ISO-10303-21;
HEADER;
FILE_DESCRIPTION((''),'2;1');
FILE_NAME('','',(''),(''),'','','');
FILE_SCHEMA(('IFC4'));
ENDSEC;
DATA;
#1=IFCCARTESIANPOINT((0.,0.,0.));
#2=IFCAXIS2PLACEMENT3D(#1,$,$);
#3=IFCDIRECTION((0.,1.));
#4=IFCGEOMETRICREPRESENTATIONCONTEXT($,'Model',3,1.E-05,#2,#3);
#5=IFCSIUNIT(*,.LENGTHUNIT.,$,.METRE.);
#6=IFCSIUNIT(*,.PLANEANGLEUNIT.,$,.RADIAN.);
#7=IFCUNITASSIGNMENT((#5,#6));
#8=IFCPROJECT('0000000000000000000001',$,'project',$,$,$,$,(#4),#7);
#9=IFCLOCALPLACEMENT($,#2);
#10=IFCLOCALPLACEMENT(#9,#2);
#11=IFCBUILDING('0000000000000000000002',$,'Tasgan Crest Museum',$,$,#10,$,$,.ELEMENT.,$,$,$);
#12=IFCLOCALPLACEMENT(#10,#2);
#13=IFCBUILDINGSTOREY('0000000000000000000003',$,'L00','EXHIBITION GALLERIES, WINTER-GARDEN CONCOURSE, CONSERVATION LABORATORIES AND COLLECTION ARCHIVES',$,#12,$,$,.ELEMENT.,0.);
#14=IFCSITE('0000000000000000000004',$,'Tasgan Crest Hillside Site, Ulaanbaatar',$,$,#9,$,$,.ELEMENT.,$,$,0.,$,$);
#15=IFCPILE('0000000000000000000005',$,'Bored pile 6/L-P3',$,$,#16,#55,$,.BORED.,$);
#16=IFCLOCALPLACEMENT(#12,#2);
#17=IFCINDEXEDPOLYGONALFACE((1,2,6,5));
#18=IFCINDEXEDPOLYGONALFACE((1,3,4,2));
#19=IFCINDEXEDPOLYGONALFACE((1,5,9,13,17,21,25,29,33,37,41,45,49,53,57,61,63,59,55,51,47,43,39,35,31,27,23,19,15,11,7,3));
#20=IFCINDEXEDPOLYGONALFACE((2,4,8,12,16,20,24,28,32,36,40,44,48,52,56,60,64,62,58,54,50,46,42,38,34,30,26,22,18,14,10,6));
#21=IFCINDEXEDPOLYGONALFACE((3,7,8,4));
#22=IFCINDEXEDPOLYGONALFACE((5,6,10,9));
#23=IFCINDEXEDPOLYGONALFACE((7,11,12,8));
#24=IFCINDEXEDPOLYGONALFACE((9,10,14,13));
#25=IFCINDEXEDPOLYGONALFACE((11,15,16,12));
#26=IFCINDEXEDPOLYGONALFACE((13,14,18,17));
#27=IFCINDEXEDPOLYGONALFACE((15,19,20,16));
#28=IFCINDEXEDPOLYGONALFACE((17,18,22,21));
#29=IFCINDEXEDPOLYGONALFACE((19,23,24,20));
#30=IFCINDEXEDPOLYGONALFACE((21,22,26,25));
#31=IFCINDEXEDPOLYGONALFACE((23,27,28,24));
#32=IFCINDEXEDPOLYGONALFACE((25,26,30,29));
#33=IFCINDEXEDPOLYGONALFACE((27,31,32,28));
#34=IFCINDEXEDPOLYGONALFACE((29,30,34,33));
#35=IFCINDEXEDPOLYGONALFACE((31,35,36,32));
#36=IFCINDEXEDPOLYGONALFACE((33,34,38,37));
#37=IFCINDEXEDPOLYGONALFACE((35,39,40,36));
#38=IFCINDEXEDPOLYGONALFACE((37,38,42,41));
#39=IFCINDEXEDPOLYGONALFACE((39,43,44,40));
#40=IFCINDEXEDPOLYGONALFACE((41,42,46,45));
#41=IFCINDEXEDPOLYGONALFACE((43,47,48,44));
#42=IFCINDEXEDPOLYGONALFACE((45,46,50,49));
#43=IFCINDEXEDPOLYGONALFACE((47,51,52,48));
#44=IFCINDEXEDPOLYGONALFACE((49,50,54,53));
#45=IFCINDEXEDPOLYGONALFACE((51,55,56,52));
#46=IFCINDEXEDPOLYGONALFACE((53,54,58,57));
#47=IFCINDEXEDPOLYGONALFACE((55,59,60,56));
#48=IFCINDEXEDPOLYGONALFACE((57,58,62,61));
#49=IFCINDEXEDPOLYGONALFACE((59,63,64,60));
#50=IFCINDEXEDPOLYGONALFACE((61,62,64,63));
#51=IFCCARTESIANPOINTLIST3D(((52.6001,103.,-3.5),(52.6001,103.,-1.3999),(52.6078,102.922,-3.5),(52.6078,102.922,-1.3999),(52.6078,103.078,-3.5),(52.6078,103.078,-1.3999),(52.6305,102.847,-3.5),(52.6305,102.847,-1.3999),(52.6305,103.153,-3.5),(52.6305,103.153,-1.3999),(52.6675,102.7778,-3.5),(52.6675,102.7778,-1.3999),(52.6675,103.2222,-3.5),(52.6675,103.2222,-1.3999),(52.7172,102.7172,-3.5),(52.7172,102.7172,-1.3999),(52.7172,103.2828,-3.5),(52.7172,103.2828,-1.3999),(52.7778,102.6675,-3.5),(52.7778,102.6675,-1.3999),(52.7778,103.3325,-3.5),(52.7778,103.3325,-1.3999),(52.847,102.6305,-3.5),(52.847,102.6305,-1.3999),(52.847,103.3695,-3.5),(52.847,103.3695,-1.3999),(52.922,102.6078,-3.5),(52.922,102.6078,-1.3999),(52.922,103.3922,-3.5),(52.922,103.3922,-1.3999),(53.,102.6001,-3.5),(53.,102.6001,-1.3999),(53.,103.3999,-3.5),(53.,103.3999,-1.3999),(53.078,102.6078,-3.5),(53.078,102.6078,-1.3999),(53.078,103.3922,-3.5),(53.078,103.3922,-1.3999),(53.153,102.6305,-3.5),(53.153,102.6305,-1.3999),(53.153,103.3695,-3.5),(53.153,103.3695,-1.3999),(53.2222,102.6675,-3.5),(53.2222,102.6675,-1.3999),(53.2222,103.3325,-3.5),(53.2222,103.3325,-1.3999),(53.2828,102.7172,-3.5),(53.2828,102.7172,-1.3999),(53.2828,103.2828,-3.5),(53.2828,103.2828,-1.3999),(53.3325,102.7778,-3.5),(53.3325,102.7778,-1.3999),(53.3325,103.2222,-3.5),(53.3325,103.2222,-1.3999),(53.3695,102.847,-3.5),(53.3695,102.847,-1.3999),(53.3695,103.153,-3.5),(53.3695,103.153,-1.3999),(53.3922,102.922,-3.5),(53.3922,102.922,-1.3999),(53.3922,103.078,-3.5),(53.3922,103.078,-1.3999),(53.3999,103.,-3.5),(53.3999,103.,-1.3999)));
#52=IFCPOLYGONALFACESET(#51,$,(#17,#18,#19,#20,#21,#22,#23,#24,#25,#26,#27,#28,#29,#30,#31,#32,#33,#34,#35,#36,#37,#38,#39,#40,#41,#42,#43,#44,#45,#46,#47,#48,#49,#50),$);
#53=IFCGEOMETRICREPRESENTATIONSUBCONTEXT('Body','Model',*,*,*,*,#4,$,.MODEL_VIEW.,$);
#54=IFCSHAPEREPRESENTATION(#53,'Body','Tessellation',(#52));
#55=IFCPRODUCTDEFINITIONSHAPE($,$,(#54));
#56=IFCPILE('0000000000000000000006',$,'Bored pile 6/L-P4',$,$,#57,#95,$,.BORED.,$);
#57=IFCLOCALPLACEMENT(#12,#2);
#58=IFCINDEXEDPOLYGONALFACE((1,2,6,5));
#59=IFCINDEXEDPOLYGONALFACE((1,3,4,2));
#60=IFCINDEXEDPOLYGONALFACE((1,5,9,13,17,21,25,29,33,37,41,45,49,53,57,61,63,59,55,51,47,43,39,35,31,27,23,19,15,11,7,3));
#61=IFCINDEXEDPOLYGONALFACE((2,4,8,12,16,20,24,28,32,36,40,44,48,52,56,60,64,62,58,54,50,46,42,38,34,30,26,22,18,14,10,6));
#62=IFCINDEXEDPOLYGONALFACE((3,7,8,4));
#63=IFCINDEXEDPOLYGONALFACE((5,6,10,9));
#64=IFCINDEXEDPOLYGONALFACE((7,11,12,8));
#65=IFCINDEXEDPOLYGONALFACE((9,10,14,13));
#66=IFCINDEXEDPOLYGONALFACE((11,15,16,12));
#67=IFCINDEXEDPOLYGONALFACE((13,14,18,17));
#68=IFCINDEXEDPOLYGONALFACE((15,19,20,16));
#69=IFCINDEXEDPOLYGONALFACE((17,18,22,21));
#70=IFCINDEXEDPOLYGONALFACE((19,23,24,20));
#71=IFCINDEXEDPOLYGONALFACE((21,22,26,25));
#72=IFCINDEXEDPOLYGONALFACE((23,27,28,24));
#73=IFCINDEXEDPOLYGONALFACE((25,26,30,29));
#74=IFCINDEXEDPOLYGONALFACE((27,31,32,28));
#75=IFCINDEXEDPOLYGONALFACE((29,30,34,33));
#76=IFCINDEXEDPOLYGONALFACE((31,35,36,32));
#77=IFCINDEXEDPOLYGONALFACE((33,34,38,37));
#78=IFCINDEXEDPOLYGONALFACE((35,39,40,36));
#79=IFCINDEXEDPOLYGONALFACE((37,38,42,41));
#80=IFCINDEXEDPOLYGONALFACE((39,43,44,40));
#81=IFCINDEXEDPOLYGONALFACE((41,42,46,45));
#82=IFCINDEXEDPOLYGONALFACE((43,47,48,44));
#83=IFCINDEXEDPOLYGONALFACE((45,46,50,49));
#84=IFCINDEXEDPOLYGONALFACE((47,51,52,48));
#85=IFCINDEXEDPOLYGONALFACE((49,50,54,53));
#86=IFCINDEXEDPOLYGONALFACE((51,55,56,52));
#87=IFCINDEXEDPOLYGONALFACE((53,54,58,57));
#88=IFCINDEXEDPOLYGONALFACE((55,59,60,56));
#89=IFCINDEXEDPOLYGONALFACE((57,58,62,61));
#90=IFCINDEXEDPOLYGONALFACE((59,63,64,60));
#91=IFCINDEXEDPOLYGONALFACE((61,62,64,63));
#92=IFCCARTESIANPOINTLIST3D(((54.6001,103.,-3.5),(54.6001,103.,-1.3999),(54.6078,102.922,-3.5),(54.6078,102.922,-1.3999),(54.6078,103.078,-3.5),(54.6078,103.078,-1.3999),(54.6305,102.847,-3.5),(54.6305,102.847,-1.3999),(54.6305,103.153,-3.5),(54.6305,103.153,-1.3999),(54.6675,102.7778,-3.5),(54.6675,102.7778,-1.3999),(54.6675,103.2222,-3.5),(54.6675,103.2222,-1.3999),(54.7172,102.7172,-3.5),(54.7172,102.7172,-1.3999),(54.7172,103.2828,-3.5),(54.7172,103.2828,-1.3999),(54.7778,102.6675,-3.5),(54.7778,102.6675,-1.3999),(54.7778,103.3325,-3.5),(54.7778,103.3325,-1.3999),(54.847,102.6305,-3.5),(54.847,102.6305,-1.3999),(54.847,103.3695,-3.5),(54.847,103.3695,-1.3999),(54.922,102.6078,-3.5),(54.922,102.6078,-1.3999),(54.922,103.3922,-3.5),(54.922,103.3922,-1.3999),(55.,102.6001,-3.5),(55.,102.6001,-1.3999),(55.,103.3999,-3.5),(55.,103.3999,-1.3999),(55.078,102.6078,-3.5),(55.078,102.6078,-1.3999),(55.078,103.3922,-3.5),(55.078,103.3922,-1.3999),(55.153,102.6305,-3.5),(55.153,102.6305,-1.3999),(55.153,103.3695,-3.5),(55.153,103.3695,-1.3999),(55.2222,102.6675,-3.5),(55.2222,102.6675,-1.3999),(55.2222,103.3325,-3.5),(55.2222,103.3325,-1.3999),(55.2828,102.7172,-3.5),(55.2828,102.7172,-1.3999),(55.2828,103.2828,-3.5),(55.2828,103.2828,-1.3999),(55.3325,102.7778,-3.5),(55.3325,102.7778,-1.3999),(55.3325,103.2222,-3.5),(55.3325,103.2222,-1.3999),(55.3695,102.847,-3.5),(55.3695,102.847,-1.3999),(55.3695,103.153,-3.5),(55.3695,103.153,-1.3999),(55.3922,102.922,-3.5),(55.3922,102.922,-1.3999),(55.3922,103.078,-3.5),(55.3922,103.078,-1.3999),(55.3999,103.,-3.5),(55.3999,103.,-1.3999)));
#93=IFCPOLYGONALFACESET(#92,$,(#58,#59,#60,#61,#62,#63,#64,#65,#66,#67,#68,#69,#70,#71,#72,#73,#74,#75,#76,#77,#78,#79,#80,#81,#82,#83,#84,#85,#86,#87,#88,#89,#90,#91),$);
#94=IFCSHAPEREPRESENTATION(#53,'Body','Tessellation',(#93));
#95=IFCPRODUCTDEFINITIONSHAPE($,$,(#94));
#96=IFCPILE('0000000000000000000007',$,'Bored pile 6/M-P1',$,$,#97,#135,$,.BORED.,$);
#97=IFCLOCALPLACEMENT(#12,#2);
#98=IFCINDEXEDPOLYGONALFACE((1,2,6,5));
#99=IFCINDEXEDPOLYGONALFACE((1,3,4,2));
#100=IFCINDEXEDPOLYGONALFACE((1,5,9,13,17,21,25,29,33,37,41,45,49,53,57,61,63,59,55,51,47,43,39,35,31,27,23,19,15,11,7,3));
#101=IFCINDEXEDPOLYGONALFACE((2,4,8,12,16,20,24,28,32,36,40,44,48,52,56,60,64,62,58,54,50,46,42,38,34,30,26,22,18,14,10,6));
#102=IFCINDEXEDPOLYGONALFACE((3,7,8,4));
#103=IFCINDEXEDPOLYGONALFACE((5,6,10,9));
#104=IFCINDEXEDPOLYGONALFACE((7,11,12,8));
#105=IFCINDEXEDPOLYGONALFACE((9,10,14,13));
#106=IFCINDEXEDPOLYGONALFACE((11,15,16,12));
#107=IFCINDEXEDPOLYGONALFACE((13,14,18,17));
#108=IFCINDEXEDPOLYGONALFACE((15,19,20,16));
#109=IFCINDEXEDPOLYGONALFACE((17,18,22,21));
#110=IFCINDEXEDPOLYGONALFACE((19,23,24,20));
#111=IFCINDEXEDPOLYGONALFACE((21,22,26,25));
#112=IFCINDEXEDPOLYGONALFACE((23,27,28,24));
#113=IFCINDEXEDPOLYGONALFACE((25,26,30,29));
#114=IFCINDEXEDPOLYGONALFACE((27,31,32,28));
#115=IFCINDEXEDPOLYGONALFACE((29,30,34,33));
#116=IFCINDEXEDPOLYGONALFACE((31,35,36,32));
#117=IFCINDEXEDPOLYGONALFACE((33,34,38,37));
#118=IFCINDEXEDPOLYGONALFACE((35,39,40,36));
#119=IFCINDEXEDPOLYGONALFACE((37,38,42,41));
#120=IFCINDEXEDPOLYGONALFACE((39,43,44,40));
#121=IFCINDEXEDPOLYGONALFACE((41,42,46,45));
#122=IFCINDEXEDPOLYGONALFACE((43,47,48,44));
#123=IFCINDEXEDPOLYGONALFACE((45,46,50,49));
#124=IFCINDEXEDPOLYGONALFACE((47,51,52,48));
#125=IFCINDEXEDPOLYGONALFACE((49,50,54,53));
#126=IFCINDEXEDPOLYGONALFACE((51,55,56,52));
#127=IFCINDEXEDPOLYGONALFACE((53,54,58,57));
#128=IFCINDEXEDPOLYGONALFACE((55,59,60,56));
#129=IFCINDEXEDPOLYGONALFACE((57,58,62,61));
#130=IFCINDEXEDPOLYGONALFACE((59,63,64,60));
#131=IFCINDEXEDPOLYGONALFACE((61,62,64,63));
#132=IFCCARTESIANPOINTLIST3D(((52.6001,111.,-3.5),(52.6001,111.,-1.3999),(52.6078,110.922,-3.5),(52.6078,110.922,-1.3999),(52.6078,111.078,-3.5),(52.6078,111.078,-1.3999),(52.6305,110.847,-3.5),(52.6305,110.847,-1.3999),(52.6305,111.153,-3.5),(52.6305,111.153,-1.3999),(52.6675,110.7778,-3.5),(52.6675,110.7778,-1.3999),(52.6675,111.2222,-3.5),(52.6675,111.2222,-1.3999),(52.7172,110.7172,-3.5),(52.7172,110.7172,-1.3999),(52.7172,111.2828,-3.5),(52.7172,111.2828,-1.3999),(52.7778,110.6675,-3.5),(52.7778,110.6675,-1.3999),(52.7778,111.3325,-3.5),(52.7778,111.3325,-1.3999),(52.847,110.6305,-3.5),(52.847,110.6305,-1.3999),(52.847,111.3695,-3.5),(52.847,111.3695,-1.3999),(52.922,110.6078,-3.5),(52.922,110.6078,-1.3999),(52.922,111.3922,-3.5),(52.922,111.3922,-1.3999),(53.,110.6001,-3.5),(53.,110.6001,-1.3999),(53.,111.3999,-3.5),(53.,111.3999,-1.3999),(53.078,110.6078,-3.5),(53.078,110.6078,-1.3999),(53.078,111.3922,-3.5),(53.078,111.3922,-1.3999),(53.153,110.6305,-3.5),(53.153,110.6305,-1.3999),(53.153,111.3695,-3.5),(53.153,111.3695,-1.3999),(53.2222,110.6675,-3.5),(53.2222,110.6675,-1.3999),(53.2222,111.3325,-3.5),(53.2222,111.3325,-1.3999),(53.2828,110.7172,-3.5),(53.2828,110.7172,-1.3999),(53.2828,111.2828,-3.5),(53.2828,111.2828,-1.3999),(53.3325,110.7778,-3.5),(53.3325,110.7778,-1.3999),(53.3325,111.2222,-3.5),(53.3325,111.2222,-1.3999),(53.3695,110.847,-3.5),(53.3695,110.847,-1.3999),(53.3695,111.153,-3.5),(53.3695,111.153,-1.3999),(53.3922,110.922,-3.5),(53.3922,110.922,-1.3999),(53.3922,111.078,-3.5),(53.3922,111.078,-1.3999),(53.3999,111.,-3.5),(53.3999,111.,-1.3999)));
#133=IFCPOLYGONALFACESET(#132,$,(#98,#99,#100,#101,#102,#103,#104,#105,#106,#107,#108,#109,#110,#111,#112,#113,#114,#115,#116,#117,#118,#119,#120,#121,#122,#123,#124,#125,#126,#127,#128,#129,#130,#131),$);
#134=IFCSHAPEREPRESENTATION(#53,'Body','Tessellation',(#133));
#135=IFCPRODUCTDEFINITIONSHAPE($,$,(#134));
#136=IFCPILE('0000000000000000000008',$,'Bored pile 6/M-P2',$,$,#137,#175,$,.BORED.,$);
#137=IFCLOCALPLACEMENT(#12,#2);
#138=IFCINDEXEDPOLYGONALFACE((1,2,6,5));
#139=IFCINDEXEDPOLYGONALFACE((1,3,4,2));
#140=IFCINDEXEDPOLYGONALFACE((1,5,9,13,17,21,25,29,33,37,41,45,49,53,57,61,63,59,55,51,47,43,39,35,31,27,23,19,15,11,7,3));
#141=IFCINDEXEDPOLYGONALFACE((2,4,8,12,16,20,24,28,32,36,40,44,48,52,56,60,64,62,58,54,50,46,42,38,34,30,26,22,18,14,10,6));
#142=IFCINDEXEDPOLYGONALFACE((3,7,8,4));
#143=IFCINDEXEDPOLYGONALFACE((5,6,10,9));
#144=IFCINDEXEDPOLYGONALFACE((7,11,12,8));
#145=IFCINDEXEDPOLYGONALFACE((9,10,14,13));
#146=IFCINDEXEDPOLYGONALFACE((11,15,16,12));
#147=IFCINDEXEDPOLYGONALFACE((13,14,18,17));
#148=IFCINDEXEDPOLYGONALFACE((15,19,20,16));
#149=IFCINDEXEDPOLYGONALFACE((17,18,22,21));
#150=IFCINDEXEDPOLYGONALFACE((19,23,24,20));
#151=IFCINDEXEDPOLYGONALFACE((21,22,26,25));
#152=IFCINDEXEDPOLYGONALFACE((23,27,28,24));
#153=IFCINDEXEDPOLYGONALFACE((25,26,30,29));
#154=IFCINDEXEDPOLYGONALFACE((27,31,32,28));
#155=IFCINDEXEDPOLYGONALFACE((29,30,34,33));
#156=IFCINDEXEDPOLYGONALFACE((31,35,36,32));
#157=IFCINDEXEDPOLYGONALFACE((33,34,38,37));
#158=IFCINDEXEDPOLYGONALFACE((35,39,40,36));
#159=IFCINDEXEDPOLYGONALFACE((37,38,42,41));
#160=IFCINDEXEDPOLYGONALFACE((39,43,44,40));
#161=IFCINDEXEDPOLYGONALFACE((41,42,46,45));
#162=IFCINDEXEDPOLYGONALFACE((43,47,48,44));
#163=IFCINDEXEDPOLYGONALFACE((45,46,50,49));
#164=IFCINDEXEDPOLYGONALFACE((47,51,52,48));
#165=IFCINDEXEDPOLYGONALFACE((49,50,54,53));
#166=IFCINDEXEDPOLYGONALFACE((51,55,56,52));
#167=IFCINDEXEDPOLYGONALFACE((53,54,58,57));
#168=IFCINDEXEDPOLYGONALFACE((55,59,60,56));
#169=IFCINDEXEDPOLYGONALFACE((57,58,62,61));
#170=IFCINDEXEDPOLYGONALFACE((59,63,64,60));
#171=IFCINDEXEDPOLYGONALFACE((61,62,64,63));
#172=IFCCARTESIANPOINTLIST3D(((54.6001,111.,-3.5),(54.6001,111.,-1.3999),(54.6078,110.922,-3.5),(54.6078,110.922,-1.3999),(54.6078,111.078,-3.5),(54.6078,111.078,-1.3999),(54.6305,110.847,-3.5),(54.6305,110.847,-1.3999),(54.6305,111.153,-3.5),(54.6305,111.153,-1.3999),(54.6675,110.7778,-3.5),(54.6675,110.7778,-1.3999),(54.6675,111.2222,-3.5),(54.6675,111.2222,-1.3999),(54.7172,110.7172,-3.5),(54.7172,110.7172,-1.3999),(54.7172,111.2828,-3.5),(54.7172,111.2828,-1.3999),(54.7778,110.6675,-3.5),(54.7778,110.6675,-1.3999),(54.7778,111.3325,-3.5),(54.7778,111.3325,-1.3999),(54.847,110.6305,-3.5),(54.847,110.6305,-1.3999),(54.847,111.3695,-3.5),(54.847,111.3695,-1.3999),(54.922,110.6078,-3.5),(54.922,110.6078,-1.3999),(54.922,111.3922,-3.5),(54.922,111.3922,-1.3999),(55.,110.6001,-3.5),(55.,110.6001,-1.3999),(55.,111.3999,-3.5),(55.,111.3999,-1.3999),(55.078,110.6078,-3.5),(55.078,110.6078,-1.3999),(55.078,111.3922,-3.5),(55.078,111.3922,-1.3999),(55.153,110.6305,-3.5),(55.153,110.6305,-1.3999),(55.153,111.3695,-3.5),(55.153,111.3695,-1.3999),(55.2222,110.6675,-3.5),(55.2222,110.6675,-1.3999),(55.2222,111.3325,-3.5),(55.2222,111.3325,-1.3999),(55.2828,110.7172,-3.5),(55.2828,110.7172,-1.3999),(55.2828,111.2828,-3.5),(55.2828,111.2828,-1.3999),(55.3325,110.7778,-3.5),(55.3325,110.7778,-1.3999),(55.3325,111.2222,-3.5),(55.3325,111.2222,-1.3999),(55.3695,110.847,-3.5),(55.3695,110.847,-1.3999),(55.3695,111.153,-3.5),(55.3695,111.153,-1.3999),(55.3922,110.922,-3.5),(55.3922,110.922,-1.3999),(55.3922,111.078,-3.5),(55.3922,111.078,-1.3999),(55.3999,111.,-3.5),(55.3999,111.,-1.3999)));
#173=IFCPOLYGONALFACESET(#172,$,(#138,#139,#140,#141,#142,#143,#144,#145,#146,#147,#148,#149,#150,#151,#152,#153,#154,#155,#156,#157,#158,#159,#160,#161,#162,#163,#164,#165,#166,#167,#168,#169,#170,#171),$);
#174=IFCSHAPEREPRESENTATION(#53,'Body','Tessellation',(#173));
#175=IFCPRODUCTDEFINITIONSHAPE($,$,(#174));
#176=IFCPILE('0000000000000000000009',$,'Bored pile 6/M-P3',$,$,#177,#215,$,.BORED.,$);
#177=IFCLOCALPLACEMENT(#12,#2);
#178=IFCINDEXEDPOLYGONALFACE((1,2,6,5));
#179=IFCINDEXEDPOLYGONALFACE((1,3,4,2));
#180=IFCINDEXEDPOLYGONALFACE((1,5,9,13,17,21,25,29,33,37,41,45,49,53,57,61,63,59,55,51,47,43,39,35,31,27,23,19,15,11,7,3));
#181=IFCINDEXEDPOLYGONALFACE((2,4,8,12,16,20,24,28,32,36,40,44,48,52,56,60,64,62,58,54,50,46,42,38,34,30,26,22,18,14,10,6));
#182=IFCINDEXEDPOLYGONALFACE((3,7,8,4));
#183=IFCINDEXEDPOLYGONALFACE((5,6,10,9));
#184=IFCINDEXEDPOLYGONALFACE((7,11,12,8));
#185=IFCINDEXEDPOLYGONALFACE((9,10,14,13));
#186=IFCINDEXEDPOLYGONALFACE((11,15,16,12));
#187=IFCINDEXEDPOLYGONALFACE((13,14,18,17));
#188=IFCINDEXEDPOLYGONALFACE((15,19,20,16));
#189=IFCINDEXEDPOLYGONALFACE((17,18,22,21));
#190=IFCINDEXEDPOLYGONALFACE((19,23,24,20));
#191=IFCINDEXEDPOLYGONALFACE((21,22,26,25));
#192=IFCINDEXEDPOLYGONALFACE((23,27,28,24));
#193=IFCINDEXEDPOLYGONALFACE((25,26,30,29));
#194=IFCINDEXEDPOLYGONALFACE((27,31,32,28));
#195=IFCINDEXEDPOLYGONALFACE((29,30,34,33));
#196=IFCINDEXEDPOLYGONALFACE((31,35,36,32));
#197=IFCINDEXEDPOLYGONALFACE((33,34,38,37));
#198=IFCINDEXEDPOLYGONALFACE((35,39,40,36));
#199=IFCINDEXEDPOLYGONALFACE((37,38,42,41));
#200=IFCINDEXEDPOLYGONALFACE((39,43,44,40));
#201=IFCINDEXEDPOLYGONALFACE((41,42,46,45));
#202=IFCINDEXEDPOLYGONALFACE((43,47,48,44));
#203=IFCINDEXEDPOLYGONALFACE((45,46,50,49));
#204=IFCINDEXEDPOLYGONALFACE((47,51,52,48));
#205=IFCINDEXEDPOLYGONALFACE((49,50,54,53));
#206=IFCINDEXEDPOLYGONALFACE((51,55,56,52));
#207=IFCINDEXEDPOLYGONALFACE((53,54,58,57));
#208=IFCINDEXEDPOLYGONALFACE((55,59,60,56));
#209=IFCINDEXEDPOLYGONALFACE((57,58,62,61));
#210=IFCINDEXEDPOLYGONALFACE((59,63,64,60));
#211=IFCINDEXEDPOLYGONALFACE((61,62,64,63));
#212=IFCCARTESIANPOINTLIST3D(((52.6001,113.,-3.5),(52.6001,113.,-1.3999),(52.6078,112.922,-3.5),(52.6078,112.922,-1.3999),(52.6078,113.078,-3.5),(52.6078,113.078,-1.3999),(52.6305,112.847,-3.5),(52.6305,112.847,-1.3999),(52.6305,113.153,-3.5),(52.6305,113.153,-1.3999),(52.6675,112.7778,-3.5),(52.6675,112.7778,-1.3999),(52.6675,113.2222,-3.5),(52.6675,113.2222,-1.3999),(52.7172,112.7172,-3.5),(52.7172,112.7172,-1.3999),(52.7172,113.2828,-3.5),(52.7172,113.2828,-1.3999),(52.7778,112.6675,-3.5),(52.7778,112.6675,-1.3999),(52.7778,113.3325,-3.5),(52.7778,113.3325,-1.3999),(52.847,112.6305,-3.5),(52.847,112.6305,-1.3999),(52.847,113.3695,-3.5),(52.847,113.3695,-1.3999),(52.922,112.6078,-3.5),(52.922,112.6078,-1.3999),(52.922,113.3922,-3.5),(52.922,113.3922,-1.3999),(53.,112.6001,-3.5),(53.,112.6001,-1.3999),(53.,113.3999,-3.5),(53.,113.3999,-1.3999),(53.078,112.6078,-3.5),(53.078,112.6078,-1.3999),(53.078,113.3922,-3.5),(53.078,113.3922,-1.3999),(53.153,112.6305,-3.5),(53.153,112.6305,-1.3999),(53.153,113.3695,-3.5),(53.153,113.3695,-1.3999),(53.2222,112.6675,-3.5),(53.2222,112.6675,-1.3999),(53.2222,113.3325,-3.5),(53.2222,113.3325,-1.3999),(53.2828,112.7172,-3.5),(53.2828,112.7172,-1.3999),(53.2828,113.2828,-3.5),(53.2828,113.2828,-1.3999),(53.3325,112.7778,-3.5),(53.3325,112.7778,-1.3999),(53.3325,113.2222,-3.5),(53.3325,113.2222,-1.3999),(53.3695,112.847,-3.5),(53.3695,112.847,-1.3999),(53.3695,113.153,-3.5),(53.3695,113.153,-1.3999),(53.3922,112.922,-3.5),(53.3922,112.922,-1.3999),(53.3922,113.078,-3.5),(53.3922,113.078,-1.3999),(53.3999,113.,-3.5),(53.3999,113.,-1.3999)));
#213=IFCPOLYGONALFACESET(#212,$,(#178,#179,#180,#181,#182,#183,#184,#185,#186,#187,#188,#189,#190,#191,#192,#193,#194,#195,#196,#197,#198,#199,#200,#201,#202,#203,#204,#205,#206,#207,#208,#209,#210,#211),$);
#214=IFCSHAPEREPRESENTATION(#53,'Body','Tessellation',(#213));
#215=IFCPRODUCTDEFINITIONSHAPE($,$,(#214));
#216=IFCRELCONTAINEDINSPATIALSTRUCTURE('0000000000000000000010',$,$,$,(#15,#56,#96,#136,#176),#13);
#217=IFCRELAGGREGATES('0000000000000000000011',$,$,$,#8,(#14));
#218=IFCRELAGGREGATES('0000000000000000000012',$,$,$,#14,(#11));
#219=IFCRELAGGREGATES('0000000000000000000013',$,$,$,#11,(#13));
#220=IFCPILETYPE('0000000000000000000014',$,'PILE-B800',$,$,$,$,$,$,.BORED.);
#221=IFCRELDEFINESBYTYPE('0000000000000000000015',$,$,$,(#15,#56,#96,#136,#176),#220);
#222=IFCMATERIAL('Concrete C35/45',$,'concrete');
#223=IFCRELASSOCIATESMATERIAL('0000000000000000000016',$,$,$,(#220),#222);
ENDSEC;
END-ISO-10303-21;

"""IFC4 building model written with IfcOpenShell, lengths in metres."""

from ifc_helpers import new_model, si_unit, direction, frame, origin, origin_2d, place, context, subcontext, project, spatial, circle, extrude, material, material_profile, profile_set, type_object, element, save


model = new_model("IFC4")

# Units and contexts
model_context = context("Model", 3, precision=1e-05, world=origin(), true_north=direction((0.0, 1.0)))
body_context = subcontext(model_context, "Body", "Model", "MODEL_VIEW")
ifc_project = project(units=[si_unit("LENGTHUNIT", "METRE"), si_unit("PLANEANGLEUNIT", "RADIAN")], contexts=[model_context])

# Site, building, storey
site_placement = place(None, origin())
site = spatial("IfcSite", under=ifc_project, at=site_placement, Name="Tasgan Crest Hillside Site, Ulaanbaatar", CompositionType="ELEMENT", RefElevation=0.0)
building_placement = place(site_placement, origin())
building = spatial("IfcBuilding", under=site, at=building_placement, Name="Tasgan Crest Museum", CompositionType="ELEMENT")
storey_placement = place(building_placement, origin())
storey = spatial("IfcBuildingStorey", under=building, at=storey_placement, Name="L00", Description="EXHIBITION GALLERIES, WINTER-GARDEN CONCOURSE, CONSERVATION LABORATORIES AND COLLECTION ARCHIVES", CompositionType="ELEMENT", Elevation=0.0)

# Piles
ifc_material_1 = material(Name="Concrete C35/45", Category="concrete")
ifc_material_profile_1 = material_profile(ifc_material_1, circle(Radius=0.3999, at=origin_2d()), Name="PILE D800")
ifc_profile_set_1 = profile_set([ifc_material_profile_1], Name="Concrete C35/45")
pile_type_1 = type_object("IfcPileType", Name="PILE-B800", PredefinedType="BORED", material=ifc_profile_set_1)
for number, where, z_axis, x_axis, name in (
    (1, (53.0, 103.0, -1.3999), (0.0, 0.0, -1.0), (1.0, 0.0, 0.0), "Bored pile 6/L-P3"),
    (2, (55.0, 103.0, -1.3999), (0.0, 0.0, -1.0), (1.0, 0.0, 0.0), "Bored pile 6/L-P4"),
    (3, (53.0, 111.0, -1.3999), (0.0, 0.0, -1.0), (1.0, 0.0, 0.0), "Bored pile 6/M-P1"),
    (4, (55.0, 111.0, -1.3999), (0.0, 0.0, -1.0), (1.0, 0.0, 0.0), "Bored pile 6/M-P2"),
    (5, (53.0, 113.0, -1.3999), (0.0, 0.0, -1.0), (1.0, 0.0, 0.0), "Bored pile 6/M-P3"),
):
    element("IfcPile", number, at=place(storey_placement, frame(where, z_axis=z_axis, x_axis=x_axis)), inside=storey, type_object=pile_type_1, Name=name, PredefinedType="BORED", context=body_context, shape_type="SweptSolid", body=[
        extrude(circle(Radius=0.3999, at=origin_2d()), origin(), (0.0, 0.0, 1.0), 2.1001),
    ])

save(model, "model.ifc")
